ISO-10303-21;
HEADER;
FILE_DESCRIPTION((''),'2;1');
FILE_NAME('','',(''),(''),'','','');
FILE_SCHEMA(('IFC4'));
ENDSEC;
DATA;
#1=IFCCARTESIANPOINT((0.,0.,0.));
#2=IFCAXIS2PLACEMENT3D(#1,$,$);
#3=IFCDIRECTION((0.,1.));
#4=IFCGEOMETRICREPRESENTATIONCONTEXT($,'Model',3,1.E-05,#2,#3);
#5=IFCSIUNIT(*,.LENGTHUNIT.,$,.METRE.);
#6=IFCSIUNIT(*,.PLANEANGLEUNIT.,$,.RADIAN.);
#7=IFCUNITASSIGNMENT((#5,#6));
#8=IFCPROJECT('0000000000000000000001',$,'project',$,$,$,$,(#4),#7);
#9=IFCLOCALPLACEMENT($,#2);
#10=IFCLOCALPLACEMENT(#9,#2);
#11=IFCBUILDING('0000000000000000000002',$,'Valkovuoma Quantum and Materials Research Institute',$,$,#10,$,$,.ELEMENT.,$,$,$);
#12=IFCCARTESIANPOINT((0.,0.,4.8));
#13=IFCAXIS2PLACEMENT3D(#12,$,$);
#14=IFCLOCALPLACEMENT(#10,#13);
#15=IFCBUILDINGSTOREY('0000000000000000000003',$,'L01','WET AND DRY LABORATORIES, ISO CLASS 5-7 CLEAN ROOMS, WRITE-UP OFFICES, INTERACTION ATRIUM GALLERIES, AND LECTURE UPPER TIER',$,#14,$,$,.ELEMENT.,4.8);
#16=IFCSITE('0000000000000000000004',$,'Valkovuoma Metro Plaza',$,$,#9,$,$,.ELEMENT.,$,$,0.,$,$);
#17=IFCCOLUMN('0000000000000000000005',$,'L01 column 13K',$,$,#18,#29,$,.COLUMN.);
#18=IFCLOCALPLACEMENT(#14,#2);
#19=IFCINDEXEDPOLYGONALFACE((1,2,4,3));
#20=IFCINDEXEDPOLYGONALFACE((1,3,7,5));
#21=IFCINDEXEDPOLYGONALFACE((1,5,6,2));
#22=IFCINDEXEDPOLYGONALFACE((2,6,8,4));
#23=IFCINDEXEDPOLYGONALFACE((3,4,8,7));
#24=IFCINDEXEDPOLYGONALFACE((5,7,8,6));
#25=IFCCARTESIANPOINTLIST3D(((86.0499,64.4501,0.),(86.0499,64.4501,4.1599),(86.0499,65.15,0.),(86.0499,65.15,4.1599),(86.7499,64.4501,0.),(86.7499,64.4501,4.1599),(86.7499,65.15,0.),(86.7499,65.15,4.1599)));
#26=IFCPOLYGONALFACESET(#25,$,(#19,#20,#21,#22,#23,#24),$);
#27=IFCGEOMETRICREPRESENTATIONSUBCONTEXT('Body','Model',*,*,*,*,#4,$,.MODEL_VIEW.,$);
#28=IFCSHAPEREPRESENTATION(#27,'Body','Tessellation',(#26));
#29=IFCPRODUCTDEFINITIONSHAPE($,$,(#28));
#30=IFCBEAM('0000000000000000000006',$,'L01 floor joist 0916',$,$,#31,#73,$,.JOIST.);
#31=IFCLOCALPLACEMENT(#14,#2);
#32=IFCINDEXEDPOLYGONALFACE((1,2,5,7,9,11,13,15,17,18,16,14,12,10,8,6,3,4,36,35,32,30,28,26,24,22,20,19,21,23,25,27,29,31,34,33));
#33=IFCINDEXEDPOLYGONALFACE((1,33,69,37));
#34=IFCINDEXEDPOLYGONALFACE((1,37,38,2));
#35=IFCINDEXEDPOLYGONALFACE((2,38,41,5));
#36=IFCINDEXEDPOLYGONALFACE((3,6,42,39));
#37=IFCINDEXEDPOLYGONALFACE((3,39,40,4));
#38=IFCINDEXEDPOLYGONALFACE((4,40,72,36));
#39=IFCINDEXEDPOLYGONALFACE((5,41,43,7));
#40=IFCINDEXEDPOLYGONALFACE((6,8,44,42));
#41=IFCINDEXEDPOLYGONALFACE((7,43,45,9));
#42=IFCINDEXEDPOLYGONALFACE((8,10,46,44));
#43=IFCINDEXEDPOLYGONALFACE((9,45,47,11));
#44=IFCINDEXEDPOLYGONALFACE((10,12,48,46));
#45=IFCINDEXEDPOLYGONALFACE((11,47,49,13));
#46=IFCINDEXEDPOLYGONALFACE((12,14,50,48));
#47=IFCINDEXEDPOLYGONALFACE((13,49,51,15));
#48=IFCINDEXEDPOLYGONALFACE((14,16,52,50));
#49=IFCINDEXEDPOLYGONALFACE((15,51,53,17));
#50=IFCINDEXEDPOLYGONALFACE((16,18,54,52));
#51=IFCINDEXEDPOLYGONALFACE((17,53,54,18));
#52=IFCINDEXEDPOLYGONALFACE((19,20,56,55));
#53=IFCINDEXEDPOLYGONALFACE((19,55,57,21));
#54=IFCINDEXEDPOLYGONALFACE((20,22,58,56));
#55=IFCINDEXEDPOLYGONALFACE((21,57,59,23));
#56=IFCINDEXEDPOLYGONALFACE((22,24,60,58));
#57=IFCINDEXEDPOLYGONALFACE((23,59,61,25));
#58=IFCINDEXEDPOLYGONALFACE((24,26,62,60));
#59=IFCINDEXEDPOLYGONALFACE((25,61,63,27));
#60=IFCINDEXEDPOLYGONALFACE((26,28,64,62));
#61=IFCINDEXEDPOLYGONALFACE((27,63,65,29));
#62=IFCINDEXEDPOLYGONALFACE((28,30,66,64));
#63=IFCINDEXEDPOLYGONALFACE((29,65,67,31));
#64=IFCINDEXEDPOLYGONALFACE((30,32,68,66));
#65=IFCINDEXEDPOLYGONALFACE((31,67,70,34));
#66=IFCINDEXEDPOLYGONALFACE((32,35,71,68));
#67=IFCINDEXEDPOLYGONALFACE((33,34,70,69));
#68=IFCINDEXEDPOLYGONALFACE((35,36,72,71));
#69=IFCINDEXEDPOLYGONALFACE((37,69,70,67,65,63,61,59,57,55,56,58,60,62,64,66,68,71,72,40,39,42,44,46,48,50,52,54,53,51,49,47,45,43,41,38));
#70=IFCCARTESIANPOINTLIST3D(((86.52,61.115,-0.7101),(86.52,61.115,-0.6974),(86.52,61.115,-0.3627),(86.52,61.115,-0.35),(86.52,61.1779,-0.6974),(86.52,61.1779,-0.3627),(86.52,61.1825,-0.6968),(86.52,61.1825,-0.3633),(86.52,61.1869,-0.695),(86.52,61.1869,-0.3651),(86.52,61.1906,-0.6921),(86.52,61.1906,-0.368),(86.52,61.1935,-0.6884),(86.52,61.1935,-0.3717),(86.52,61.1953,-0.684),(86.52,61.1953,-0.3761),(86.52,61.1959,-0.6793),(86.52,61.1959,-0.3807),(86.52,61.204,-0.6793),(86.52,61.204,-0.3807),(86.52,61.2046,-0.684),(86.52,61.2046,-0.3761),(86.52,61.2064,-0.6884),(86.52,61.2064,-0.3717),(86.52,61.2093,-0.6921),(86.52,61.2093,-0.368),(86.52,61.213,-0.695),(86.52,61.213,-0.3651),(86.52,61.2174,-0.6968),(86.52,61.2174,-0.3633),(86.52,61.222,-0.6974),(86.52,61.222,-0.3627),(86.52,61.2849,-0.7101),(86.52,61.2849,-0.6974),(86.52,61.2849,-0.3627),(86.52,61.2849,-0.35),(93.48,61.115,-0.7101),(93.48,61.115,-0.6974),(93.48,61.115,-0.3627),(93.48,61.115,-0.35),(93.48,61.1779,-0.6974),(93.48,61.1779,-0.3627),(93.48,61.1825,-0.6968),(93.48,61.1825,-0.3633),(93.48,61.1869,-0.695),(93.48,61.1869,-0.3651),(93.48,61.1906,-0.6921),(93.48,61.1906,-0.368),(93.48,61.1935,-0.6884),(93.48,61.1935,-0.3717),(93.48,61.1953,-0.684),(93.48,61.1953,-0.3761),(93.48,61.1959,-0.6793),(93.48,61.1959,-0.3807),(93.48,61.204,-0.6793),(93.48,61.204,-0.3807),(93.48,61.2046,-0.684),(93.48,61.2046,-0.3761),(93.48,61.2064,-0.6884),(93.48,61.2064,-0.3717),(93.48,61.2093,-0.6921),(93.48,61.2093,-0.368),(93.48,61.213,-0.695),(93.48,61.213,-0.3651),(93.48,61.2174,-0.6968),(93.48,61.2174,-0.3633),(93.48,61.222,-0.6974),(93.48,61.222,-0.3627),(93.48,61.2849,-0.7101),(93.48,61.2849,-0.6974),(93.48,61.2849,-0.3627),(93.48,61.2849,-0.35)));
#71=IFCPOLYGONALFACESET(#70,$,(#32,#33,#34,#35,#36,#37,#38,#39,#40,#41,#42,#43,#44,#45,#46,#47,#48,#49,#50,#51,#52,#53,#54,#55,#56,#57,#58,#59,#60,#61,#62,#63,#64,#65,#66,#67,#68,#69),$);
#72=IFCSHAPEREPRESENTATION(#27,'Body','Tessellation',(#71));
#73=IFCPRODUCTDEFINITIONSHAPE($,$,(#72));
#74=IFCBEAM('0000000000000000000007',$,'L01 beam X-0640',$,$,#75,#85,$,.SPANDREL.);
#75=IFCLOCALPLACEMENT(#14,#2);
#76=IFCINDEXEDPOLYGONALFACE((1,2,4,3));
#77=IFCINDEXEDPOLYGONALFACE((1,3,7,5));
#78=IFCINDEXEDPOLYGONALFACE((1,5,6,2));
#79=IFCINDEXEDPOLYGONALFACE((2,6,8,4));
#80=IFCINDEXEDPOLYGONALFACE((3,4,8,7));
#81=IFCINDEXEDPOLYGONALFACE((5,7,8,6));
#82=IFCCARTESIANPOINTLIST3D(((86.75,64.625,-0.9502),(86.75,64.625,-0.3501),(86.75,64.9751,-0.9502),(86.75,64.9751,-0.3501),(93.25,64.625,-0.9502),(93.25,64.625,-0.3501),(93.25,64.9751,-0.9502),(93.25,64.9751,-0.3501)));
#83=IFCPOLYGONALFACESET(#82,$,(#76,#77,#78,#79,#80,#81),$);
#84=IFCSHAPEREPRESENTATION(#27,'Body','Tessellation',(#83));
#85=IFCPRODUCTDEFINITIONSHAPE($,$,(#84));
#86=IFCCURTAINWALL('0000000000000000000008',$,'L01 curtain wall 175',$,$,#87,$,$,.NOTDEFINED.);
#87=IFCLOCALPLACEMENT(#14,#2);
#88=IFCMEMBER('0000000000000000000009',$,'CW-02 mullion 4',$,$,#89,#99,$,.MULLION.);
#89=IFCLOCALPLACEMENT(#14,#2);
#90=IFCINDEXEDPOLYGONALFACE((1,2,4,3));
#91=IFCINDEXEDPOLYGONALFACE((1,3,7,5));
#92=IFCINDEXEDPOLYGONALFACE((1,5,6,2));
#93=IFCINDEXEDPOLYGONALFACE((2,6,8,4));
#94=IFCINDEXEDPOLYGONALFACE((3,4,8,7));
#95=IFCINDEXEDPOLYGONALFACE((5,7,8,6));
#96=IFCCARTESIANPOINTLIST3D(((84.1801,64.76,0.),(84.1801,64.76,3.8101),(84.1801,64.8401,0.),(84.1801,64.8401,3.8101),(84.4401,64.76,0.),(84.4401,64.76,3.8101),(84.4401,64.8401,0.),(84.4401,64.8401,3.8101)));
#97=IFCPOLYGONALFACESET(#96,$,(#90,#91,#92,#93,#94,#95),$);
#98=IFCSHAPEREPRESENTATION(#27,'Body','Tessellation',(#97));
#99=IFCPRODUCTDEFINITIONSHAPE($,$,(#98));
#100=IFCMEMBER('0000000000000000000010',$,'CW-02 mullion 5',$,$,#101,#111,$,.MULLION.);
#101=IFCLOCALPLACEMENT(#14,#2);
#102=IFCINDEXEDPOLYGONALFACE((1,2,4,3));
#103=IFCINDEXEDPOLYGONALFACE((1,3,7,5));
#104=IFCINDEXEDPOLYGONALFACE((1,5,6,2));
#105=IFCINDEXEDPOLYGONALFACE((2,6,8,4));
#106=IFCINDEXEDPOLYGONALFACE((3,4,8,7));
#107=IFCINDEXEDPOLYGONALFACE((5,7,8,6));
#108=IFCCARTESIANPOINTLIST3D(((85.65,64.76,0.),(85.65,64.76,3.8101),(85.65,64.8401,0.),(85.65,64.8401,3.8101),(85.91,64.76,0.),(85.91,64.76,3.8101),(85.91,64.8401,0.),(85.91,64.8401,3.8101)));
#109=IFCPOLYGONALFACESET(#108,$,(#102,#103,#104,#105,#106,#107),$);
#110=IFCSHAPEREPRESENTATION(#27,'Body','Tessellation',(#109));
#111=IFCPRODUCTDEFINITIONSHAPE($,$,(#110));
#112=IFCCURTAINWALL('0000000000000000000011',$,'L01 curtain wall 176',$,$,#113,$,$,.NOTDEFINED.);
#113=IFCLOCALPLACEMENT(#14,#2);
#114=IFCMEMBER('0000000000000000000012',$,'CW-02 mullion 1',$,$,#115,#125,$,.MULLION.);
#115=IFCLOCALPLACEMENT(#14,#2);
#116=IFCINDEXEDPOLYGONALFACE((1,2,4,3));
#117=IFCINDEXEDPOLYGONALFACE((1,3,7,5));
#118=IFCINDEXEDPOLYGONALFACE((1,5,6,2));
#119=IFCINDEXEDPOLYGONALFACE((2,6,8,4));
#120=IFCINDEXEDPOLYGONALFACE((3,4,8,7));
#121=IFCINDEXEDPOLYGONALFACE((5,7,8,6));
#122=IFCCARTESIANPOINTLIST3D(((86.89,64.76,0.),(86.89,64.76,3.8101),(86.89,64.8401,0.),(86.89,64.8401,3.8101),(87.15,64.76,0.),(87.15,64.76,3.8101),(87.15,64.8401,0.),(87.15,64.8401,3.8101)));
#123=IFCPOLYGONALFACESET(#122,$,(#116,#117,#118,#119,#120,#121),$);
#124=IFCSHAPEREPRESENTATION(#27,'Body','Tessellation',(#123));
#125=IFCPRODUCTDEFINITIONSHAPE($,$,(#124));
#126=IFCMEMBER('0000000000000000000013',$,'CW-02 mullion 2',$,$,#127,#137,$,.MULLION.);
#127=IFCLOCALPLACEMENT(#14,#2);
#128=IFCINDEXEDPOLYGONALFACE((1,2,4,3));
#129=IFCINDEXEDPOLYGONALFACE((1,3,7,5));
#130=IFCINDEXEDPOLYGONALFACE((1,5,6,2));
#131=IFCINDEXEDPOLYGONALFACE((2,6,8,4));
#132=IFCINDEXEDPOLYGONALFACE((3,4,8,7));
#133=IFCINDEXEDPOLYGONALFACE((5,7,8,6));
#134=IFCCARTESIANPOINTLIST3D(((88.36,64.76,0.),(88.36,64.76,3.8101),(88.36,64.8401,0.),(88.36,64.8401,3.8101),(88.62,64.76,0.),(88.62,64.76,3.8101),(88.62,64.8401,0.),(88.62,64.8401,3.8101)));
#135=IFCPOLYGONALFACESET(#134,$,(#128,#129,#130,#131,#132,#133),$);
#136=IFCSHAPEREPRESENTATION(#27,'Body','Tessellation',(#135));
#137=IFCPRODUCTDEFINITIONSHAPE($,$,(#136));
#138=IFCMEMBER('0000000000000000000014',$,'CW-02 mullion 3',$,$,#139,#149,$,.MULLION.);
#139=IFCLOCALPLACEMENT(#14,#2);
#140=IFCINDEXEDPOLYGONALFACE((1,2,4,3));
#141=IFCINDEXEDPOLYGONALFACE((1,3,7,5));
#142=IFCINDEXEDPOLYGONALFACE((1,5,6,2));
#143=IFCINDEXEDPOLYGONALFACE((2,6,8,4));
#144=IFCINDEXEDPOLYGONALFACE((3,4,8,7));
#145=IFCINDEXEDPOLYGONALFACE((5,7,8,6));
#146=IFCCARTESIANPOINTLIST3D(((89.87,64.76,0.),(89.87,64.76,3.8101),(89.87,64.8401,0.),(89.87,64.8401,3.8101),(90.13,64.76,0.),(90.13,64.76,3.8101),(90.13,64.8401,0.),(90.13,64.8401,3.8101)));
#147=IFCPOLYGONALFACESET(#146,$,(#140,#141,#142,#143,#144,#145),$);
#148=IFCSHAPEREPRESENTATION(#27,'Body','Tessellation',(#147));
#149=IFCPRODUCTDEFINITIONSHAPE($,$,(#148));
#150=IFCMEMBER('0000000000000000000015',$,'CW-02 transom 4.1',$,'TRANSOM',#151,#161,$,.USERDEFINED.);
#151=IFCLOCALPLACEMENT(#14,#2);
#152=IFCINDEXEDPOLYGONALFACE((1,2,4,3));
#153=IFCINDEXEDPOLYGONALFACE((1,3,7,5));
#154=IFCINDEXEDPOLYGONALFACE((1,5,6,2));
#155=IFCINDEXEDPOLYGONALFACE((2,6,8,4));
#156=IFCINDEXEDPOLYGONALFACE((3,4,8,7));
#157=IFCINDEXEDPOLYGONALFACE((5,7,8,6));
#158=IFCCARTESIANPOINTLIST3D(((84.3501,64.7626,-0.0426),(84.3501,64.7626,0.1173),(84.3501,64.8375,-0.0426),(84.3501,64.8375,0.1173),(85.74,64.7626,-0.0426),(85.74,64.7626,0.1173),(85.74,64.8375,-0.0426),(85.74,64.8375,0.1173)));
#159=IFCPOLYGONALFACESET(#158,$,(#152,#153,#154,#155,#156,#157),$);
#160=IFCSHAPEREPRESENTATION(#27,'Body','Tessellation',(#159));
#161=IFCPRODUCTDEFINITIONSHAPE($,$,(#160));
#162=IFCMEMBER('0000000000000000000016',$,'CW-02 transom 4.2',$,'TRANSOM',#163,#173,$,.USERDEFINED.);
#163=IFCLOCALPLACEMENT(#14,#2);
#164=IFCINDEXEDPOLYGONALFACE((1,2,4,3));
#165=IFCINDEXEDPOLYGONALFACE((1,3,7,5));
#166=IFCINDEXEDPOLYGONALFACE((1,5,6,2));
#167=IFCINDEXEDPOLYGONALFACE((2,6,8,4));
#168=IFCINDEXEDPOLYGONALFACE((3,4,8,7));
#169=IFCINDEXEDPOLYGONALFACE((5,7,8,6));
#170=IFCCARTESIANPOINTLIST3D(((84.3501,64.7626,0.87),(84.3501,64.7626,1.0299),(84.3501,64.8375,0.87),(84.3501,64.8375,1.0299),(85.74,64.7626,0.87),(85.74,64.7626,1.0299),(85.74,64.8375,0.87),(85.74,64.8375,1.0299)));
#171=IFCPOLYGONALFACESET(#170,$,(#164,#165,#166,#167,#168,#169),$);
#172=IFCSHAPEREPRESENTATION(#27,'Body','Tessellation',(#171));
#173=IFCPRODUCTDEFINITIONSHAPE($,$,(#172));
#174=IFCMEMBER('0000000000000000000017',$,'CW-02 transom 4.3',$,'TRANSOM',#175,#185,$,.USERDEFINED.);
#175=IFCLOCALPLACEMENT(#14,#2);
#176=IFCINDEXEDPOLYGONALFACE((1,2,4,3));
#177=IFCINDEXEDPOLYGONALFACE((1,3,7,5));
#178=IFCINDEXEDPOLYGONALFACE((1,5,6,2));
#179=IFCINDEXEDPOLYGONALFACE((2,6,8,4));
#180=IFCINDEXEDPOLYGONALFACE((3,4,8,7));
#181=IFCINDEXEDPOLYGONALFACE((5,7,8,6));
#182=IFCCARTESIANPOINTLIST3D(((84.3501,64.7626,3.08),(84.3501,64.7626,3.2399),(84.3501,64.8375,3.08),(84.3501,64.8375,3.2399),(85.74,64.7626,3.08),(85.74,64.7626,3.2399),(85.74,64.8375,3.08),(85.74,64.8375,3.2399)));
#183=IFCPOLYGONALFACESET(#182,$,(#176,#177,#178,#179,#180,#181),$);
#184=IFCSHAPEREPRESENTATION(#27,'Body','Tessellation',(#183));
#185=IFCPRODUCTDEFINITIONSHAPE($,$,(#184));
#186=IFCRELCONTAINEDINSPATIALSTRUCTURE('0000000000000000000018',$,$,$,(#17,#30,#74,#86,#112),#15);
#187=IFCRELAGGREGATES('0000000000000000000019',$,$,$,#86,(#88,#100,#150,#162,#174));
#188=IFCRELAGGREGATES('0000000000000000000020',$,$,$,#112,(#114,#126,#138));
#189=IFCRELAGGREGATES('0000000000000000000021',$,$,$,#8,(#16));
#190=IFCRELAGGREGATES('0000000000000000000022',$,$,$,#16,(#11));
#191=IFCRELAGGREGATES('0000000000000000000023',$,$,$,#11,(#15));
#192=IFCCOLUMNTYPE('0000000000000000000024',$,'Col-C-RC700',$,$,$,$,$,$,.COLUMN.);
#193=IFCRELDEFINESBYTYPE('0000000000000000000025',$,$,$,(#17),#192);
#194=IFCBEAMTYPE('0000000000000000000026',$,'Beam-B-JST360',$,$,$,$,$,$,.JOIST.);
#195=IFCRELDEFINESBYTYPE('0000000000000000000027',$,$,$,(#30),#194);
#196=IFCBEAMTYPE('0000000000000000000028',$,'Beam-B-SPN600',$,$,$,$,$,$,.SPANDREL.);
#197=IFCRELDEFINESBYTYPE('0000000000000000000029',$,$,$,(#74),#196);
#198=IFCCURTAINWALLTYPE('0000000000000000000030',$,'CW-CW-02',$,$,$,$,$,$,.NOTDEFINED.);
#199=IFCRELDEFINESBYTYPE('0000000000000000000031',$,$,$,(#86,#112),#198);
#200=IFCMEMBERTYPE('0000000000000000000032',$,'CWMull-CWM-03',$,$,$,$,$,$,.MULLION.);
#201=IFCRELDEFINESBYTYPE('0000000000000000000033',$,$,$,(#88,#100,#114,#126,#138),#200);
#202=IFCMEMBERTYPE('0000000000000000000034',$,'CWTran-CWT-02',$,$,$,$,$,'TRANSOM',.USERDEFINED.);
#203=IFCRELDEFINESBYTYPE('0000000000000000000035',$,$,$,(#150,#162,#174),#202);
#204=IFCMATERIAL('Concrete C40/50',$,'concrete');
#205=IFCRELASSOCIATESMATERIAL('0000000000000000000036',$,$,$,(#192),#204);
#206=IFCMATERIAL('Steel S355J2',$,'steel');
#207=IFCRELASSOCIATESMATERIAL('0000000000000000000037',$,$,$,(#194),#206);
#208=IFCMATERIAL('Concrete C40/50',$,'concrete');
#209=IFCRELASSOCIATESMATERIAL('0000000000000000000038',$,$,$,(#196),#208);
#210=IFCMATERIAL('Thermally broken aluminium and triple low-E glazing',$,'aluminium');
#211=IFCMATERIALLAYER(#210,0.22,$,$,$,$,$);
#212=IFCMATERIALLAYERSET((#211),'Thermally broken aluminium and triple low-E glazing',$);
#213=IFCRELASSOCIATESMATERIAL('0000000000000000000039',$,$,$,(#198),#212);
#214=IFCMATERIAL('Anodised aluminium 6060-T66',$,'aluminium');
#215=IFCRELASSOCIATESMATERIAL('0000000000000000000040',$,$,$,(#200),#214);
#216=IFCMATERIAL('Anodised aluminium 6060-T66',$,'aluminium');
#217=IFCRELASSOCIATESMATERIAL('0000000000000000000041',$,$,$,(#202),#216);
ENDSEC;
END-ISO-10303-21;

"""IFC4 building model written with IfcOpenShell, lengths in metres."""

from ifc_helpers import new_model, si_unit, direction, frame, origin, origin_2d, place, context, subcontext, project, spatial, rectangle, i_section, extrude, material, layer, layer_set, material_profile, profile_set, type_object, element, aggregate, save


model = new_model("IFC4")

# Units and contexts
model_context = context("Model", 3, precision=1e-05, world=origin(), true_north=direction((0.0, 1.0)))
body_context = subcontext(model_context, "Body", "Model", "MODEL_VIEW")
ifc_project = project(units=[si_unit("LENGTHUNIT", "METRE"), si_unit("PLANEANGLEUNIT", "RADIAN")], contexts=[model_context])

# Site, building, storey
site_placement = place(None, origin())
site = spatial("IfcSite", under=ifc_project, at=site_placement, Name="Valkovuoma Metro Plaza", CompositionType="ELEMENT", RefElevation=0.0)
building_placement = place(site_placement, origin())
building = spatial("IfcBuilding", under=site, at=building_placement, Name="Valkovuoma Quantum and Materials Research Institute", CompositionType="ELEMENT")
storey_placement = place(building_placement, frame((0.0, 0.0, 4.8)))
storey = spatial("IfcBuildingStorey", under=building, at=storey_placement, Name="L01", Description="WET AND DRY LABORATORIES, ISO CLASS 5-7 CLEAN ROOMS, WRITE-UP OFFICES, INTERACTION ATRIUM GALLERIES, AND LECTURE UPPER TIER", CompositionType="ELEMENT", Elevation=4.8)

# Column
ifc_material_1 = material(Name="Concrete C40/50", Category="concrete")
ifc_material_profile_1 = material_profile(ifc_material_1, rectangle(XDim=0.7, YDim=0.7, at=origin_2d()), Name="Concrete C40/50")
ifc_profile_set_1 = profile_set([ifc_material_profile_1], Name="Concrete C40/50")
column_type = type_object("IfcColumnType", Name="Col-C-RC700", PredefinedType="COLUMN", material=ifc_profile_set_1)
column_placement = place(storey_placement, frame((86.3999, 64.8, 0.0), z_axis=(0.0, 0.0, 1.0), x_axis=(1.0, 0.0, 0.0)))
element("IfcColumn", 1, at=column_placement, inside=storey, type_object=column_type, Name="L01 column 13K", PredefinedType="COLUMN", context=body_context, shape_type="SweptSolid", body=[
    extrude(rectangle(XDim=0.7, YDim=0.7, at=origin_2d()), origin(), (0.0, 0.0, 1.0), 4.1599),
])

# Beams
ifc_material_2 = material(Name="Steel S355J2", Category="steel")
ifc_material_profile_2 = material_profile(ifc_material_2, i_section(OverallWidth=0.1699, OverallDepth=0.3601, WebThickness=0.0081, FlangeThickness=0.0127, FilletRadius=0.0181, at=origin_2d()), Name="Steel S355J2")
ifc_profile_set_2 = profile_set([ifc_material_profile_2], Name="Steel S355J2")
beam_type_1 = type_object("IfcBeamType", Name="Beam-B-JST360", PredefinedType="JOIST", material=ifc_profile_set_2)
beam_1_placement = place(storey_placement, frame((86.52, 61.2, -0.53), z_axis=(1.0, 0.0, 0.0), x_axis=(0.0, 1.0, 0.0)))
element("IfcBeam", 2, at=beam_1_placement, inside=storey, type_object=beam_type_1, Name="L01 floor joist 0916", PredefinedType="JOIST", context=body_context, shape_type="SweptSolid", body=[
    extrude(i_section(OverallWidth=0.1699, OverallDepth=0.3601, WebThickness=0.0081, FlangeThickness=0.0127, FilletRadius=0.0181, at=origin_2d()), origin(), (0.0, 0.0, 1.0), 6.96),
])
ifc_material_3 = material(Name="Concrete C40/50", Category="concrete")
ifc_material_profile_3 = material_profile(ifc_material_3, rectangle(XDim=0.3501, YDim=0.6001, at=origin_2d()), Name="Concrete C40/50")
ifc_profile_set_3 = profile_set([ifc_material_profile_3], Name="Concrete C40/50")
beam_type_2 = type_object("IfcBeamType", Name="Beam-B-SPN600", PredefinedType="SPANDREL", material=ifc_profile_set_3)
beam_2_placement = place(storey_placement, frame((86.75, 64.8, -0.6501), z_axis=(1.0, 0.0, 0.0), x_axis=(0.0, 1.0, 0.0)))
element("IfcBeam", 3, at=beam_2_placement, inside=storey, type_object=beam_type_2, Name="L01 beam X-0640", PredefinedType="SPANDREL", context=body_context, shape_type="SweptSolid", body=[
    extrude(rectangle(XDim=0.3501, YDim=0.6001, at=origin_2d()), origin(), (0.0, 0.0, 1.0), 6.5),
])

# Curtain walls, members
ifc_material_4 = material(Name="Thermally broken aluminium and triple low-E glazing", Category="aluminium")
ifc_layer_1 = layer(ifc_material_4, 0.22)
ifc_layer_set_1 = layer_set([ifc_layer_1], Name="Thermally broken aluminium and triple low-E glazing")
curtain_wall_type = type_object("IfcCurtainWallType", Name="CW-CW-02", PredefinedType="NOTDEFINED", material=ifc_layer_set_1)
curtain_wall_1_placement = place(storey_placement, origin())
curtain_wall_1 = element("IfcCurtainWall", 4, at=curtain_wall_1_placement, inside=storey, type_object=curtain_wall_type, Name="L01 curtain wall 175", PredefinedType="NOTDEFINED")
ifc_material_5 = material(Name="Anodised aluminium 6060-T66", Category="aluminium")
ifc_material_profile_4 = material_profile(ifc_material_5, rectangle(XDim=0.0801, YDim=0.26, at=origin_2d()), Name="Anodised aluminium 6060-T66")
ifc_profile_set_4 = profile_set([ifc_material_profile_4], Name="Anodised aluminium 6060-T66")
member_type_1 = type_object("IfcMemberType", Name="CWMull-CWM-03", PredefinedType="MULLION", material=ifc_profile_set_4)
member_1_placement = place(storey_placement, frame((84.3101, 64.8, 0.0), z_axis=(0.0, 0.0, 1.0), x_axis=(0.0, 1.0, 0.0)))
member_1 = element("IfcMember", 5, at=member_1_placement, type_object=member_type_1, Name="CW-02 mullion 4", PredefinedType="MULLION", context=body_context, shape_type="SweptSolid", body=[
    extrude(rectangle(XDim=0.0801, YDim=0.26, at=origin_2d()), origin(), (0.0, 0.0, 1.0), 3.8101),
])
member_2_placement = place(storey_placement, frame((85.78, 64.8, 0.0), z_axis=(0.0, 0.0, 1.0), x_axis=(0.0, 1.0, 0.0)))
member_2 = element("IfcMember", 6, at=member_2_placement, type_object=member_type_1, Name="CW-02 mullion 5", PredefinedType="MULLION", context=body_context, shape_type="SweptSolid", body=[
    extrude(rectangle(XDim=0.0801, YDim=0.26, at=origin_2d()), origin(), (0.0, 0.0, 1.0), 3.8101),
])
curtain_wall_2_placement = place(storey_placement, origin())
curtain_wall_2 = element("IfcCurtainWall", 7, at=curtain_wall_2_placement, inside=storey, type_object=curtain_wall_type, Name="L01 curtain wall 176", PredefinedType="NOTDEFINED")
member_3_placement = place(storey_placement, frame((87.02, 64.8, 0.0), z_axis=(0.0, 0.0, 1.0), x_axis=(0.0, 1.0, 0.0)))
member_3 = element("IfcMember", 8, at=member_3_placement, type_object=member_type_1, Name="CW-02 mullion 1", PredefinedType="MULLION", context=body_context, shape_type="SweptSolid", body=[
    extrude(rectangle(XDim=0.0801, YDim=0.26, at=origin_2d()), origin(), (0.0, 0.0, 1.0), 3.8101),
])
member_4_placement = place(storey_placement, frame((88.49, 64.8, 0.0), z_axis=(0.0, 0.0, 1.0), x_axis=(0.0, 1.0, 0.0)))
member_4 = element("IfcMember", 9, at=member_4_placement, type_object=member_type_1, Name="CW-02 mullion 2", PredefinedType="MULLION", context=body_context, shape_type="SweptSolid", body=[
    extrude(rectangle(XDim=0.0801, YDim=0.26, at=origin_2d()), origin(), (0.0, 0.0, 1.0), 3.8101),
])
member_5_placement = place(storey_placement, frame((90.0, 64.8, 0.0), z_axis=(0.0, 0.0, 1.0), x_axis=(0.0, 1.0, 0.0)))
member_5 = element("IfcMember", 10, at=member_5_placement, type_object=member_type_1, Name="CW-02 mullion 3", PredefinedType="MULLION", context=body_context, shape_type="SweptSolid", body=[
    extrude(rectangle(XDim=0.0801, YDim=0.26, at=origin_2d()), origin(), (0.0, 0.0, 1.0), 3.8101),
])

# Members
ifc_material_6 = material(Name="Anodised aluminium 6060-T66", Category="aluminium")
ifc_material_profile_5 = material_profile(ifc_material_6, rectangle(XDim=0.075, YDim=0.1599, at=origin_2d()), Name="Anodised aluminium 6060-T66")
ifc_profile_set_5 = profile_set([ifc_material_profile_5], Name="Anodised aluminium 6060-T66")
member_type_2 = type_object("IfcMemberType", Name="CWTran-CWT-02", ElementType="TRANSOM", PredefinedType="USERDEFINED", material=ifc_profile_set_5)
member_6_placement = place(storey_placement, frame((84.3501, 64.8, 0.0374), z_axis=(1.0, 0.0, 0.0), x_axis=(0.0, 1.0, 0.0)))
member_6 = element("IfcMember", 11, at=member_6_placement, type_object=member_type_2, Name="CW-02 transom 4.1", ObjectType="TRANSOM", PredefinedType="USERDEFINED", context=body_context, shape_type="SweptSolid", body=[
    extrude(rectangle(XDim=0.075, YDim=0.1599, at=origin_2d()), origin(), (0.0, 0.0, 1.0), 1.3899),
])
member_7_placement = place(storey_placement, frame((84.3501, 64.8, 0.95), z_axis=(1.0, 0.0, 0.0), x_axis=(0.0, 1.0, 0.0)))
member_7 = element("IfcMember", 12, at=member_7_placement, type_object=member_type_2, Name="CW-02 transom 4.2", ObjectType="TRANSOM", PredefinedType="USERDEFINED", context=body_context, shape_type="SweptSolid", body=[
    extrude(rectangle(XDim=0.075, YDim=0.1599, at=origin_2d()), origin(), (0.0, 0.0, 1.0), 1.3899),
])
member_8_placement = place(storey_placement, frame((84.3501, 64.8, 3.1599), z_axis=(1.0, 0.0, 0.0), x_axis=(0.0, 1.0, 0.0)))
member_8 = element("IfcMember", 13, at=member_8_placement, type_object=member_type_2, Name="CW-02 transom 4.3", ObjectType="TRANSOM", PredefinedType="USERDEFINED", context=body_context, shape_type="SweptSolid", body=[
    extrude(rectangle(XDim=0.075, YDim=0.1599, at=origin_2d()), origin(), (0.0, 0.0, 1.0), 1.3899),
])

aggregate(curtain_wall_1, [member_1, member_2, member_6, member_7, member_8])
aggregate(curtain_wall_2, [member_3, member_4, member_5])

save(model, "model.ifc")
